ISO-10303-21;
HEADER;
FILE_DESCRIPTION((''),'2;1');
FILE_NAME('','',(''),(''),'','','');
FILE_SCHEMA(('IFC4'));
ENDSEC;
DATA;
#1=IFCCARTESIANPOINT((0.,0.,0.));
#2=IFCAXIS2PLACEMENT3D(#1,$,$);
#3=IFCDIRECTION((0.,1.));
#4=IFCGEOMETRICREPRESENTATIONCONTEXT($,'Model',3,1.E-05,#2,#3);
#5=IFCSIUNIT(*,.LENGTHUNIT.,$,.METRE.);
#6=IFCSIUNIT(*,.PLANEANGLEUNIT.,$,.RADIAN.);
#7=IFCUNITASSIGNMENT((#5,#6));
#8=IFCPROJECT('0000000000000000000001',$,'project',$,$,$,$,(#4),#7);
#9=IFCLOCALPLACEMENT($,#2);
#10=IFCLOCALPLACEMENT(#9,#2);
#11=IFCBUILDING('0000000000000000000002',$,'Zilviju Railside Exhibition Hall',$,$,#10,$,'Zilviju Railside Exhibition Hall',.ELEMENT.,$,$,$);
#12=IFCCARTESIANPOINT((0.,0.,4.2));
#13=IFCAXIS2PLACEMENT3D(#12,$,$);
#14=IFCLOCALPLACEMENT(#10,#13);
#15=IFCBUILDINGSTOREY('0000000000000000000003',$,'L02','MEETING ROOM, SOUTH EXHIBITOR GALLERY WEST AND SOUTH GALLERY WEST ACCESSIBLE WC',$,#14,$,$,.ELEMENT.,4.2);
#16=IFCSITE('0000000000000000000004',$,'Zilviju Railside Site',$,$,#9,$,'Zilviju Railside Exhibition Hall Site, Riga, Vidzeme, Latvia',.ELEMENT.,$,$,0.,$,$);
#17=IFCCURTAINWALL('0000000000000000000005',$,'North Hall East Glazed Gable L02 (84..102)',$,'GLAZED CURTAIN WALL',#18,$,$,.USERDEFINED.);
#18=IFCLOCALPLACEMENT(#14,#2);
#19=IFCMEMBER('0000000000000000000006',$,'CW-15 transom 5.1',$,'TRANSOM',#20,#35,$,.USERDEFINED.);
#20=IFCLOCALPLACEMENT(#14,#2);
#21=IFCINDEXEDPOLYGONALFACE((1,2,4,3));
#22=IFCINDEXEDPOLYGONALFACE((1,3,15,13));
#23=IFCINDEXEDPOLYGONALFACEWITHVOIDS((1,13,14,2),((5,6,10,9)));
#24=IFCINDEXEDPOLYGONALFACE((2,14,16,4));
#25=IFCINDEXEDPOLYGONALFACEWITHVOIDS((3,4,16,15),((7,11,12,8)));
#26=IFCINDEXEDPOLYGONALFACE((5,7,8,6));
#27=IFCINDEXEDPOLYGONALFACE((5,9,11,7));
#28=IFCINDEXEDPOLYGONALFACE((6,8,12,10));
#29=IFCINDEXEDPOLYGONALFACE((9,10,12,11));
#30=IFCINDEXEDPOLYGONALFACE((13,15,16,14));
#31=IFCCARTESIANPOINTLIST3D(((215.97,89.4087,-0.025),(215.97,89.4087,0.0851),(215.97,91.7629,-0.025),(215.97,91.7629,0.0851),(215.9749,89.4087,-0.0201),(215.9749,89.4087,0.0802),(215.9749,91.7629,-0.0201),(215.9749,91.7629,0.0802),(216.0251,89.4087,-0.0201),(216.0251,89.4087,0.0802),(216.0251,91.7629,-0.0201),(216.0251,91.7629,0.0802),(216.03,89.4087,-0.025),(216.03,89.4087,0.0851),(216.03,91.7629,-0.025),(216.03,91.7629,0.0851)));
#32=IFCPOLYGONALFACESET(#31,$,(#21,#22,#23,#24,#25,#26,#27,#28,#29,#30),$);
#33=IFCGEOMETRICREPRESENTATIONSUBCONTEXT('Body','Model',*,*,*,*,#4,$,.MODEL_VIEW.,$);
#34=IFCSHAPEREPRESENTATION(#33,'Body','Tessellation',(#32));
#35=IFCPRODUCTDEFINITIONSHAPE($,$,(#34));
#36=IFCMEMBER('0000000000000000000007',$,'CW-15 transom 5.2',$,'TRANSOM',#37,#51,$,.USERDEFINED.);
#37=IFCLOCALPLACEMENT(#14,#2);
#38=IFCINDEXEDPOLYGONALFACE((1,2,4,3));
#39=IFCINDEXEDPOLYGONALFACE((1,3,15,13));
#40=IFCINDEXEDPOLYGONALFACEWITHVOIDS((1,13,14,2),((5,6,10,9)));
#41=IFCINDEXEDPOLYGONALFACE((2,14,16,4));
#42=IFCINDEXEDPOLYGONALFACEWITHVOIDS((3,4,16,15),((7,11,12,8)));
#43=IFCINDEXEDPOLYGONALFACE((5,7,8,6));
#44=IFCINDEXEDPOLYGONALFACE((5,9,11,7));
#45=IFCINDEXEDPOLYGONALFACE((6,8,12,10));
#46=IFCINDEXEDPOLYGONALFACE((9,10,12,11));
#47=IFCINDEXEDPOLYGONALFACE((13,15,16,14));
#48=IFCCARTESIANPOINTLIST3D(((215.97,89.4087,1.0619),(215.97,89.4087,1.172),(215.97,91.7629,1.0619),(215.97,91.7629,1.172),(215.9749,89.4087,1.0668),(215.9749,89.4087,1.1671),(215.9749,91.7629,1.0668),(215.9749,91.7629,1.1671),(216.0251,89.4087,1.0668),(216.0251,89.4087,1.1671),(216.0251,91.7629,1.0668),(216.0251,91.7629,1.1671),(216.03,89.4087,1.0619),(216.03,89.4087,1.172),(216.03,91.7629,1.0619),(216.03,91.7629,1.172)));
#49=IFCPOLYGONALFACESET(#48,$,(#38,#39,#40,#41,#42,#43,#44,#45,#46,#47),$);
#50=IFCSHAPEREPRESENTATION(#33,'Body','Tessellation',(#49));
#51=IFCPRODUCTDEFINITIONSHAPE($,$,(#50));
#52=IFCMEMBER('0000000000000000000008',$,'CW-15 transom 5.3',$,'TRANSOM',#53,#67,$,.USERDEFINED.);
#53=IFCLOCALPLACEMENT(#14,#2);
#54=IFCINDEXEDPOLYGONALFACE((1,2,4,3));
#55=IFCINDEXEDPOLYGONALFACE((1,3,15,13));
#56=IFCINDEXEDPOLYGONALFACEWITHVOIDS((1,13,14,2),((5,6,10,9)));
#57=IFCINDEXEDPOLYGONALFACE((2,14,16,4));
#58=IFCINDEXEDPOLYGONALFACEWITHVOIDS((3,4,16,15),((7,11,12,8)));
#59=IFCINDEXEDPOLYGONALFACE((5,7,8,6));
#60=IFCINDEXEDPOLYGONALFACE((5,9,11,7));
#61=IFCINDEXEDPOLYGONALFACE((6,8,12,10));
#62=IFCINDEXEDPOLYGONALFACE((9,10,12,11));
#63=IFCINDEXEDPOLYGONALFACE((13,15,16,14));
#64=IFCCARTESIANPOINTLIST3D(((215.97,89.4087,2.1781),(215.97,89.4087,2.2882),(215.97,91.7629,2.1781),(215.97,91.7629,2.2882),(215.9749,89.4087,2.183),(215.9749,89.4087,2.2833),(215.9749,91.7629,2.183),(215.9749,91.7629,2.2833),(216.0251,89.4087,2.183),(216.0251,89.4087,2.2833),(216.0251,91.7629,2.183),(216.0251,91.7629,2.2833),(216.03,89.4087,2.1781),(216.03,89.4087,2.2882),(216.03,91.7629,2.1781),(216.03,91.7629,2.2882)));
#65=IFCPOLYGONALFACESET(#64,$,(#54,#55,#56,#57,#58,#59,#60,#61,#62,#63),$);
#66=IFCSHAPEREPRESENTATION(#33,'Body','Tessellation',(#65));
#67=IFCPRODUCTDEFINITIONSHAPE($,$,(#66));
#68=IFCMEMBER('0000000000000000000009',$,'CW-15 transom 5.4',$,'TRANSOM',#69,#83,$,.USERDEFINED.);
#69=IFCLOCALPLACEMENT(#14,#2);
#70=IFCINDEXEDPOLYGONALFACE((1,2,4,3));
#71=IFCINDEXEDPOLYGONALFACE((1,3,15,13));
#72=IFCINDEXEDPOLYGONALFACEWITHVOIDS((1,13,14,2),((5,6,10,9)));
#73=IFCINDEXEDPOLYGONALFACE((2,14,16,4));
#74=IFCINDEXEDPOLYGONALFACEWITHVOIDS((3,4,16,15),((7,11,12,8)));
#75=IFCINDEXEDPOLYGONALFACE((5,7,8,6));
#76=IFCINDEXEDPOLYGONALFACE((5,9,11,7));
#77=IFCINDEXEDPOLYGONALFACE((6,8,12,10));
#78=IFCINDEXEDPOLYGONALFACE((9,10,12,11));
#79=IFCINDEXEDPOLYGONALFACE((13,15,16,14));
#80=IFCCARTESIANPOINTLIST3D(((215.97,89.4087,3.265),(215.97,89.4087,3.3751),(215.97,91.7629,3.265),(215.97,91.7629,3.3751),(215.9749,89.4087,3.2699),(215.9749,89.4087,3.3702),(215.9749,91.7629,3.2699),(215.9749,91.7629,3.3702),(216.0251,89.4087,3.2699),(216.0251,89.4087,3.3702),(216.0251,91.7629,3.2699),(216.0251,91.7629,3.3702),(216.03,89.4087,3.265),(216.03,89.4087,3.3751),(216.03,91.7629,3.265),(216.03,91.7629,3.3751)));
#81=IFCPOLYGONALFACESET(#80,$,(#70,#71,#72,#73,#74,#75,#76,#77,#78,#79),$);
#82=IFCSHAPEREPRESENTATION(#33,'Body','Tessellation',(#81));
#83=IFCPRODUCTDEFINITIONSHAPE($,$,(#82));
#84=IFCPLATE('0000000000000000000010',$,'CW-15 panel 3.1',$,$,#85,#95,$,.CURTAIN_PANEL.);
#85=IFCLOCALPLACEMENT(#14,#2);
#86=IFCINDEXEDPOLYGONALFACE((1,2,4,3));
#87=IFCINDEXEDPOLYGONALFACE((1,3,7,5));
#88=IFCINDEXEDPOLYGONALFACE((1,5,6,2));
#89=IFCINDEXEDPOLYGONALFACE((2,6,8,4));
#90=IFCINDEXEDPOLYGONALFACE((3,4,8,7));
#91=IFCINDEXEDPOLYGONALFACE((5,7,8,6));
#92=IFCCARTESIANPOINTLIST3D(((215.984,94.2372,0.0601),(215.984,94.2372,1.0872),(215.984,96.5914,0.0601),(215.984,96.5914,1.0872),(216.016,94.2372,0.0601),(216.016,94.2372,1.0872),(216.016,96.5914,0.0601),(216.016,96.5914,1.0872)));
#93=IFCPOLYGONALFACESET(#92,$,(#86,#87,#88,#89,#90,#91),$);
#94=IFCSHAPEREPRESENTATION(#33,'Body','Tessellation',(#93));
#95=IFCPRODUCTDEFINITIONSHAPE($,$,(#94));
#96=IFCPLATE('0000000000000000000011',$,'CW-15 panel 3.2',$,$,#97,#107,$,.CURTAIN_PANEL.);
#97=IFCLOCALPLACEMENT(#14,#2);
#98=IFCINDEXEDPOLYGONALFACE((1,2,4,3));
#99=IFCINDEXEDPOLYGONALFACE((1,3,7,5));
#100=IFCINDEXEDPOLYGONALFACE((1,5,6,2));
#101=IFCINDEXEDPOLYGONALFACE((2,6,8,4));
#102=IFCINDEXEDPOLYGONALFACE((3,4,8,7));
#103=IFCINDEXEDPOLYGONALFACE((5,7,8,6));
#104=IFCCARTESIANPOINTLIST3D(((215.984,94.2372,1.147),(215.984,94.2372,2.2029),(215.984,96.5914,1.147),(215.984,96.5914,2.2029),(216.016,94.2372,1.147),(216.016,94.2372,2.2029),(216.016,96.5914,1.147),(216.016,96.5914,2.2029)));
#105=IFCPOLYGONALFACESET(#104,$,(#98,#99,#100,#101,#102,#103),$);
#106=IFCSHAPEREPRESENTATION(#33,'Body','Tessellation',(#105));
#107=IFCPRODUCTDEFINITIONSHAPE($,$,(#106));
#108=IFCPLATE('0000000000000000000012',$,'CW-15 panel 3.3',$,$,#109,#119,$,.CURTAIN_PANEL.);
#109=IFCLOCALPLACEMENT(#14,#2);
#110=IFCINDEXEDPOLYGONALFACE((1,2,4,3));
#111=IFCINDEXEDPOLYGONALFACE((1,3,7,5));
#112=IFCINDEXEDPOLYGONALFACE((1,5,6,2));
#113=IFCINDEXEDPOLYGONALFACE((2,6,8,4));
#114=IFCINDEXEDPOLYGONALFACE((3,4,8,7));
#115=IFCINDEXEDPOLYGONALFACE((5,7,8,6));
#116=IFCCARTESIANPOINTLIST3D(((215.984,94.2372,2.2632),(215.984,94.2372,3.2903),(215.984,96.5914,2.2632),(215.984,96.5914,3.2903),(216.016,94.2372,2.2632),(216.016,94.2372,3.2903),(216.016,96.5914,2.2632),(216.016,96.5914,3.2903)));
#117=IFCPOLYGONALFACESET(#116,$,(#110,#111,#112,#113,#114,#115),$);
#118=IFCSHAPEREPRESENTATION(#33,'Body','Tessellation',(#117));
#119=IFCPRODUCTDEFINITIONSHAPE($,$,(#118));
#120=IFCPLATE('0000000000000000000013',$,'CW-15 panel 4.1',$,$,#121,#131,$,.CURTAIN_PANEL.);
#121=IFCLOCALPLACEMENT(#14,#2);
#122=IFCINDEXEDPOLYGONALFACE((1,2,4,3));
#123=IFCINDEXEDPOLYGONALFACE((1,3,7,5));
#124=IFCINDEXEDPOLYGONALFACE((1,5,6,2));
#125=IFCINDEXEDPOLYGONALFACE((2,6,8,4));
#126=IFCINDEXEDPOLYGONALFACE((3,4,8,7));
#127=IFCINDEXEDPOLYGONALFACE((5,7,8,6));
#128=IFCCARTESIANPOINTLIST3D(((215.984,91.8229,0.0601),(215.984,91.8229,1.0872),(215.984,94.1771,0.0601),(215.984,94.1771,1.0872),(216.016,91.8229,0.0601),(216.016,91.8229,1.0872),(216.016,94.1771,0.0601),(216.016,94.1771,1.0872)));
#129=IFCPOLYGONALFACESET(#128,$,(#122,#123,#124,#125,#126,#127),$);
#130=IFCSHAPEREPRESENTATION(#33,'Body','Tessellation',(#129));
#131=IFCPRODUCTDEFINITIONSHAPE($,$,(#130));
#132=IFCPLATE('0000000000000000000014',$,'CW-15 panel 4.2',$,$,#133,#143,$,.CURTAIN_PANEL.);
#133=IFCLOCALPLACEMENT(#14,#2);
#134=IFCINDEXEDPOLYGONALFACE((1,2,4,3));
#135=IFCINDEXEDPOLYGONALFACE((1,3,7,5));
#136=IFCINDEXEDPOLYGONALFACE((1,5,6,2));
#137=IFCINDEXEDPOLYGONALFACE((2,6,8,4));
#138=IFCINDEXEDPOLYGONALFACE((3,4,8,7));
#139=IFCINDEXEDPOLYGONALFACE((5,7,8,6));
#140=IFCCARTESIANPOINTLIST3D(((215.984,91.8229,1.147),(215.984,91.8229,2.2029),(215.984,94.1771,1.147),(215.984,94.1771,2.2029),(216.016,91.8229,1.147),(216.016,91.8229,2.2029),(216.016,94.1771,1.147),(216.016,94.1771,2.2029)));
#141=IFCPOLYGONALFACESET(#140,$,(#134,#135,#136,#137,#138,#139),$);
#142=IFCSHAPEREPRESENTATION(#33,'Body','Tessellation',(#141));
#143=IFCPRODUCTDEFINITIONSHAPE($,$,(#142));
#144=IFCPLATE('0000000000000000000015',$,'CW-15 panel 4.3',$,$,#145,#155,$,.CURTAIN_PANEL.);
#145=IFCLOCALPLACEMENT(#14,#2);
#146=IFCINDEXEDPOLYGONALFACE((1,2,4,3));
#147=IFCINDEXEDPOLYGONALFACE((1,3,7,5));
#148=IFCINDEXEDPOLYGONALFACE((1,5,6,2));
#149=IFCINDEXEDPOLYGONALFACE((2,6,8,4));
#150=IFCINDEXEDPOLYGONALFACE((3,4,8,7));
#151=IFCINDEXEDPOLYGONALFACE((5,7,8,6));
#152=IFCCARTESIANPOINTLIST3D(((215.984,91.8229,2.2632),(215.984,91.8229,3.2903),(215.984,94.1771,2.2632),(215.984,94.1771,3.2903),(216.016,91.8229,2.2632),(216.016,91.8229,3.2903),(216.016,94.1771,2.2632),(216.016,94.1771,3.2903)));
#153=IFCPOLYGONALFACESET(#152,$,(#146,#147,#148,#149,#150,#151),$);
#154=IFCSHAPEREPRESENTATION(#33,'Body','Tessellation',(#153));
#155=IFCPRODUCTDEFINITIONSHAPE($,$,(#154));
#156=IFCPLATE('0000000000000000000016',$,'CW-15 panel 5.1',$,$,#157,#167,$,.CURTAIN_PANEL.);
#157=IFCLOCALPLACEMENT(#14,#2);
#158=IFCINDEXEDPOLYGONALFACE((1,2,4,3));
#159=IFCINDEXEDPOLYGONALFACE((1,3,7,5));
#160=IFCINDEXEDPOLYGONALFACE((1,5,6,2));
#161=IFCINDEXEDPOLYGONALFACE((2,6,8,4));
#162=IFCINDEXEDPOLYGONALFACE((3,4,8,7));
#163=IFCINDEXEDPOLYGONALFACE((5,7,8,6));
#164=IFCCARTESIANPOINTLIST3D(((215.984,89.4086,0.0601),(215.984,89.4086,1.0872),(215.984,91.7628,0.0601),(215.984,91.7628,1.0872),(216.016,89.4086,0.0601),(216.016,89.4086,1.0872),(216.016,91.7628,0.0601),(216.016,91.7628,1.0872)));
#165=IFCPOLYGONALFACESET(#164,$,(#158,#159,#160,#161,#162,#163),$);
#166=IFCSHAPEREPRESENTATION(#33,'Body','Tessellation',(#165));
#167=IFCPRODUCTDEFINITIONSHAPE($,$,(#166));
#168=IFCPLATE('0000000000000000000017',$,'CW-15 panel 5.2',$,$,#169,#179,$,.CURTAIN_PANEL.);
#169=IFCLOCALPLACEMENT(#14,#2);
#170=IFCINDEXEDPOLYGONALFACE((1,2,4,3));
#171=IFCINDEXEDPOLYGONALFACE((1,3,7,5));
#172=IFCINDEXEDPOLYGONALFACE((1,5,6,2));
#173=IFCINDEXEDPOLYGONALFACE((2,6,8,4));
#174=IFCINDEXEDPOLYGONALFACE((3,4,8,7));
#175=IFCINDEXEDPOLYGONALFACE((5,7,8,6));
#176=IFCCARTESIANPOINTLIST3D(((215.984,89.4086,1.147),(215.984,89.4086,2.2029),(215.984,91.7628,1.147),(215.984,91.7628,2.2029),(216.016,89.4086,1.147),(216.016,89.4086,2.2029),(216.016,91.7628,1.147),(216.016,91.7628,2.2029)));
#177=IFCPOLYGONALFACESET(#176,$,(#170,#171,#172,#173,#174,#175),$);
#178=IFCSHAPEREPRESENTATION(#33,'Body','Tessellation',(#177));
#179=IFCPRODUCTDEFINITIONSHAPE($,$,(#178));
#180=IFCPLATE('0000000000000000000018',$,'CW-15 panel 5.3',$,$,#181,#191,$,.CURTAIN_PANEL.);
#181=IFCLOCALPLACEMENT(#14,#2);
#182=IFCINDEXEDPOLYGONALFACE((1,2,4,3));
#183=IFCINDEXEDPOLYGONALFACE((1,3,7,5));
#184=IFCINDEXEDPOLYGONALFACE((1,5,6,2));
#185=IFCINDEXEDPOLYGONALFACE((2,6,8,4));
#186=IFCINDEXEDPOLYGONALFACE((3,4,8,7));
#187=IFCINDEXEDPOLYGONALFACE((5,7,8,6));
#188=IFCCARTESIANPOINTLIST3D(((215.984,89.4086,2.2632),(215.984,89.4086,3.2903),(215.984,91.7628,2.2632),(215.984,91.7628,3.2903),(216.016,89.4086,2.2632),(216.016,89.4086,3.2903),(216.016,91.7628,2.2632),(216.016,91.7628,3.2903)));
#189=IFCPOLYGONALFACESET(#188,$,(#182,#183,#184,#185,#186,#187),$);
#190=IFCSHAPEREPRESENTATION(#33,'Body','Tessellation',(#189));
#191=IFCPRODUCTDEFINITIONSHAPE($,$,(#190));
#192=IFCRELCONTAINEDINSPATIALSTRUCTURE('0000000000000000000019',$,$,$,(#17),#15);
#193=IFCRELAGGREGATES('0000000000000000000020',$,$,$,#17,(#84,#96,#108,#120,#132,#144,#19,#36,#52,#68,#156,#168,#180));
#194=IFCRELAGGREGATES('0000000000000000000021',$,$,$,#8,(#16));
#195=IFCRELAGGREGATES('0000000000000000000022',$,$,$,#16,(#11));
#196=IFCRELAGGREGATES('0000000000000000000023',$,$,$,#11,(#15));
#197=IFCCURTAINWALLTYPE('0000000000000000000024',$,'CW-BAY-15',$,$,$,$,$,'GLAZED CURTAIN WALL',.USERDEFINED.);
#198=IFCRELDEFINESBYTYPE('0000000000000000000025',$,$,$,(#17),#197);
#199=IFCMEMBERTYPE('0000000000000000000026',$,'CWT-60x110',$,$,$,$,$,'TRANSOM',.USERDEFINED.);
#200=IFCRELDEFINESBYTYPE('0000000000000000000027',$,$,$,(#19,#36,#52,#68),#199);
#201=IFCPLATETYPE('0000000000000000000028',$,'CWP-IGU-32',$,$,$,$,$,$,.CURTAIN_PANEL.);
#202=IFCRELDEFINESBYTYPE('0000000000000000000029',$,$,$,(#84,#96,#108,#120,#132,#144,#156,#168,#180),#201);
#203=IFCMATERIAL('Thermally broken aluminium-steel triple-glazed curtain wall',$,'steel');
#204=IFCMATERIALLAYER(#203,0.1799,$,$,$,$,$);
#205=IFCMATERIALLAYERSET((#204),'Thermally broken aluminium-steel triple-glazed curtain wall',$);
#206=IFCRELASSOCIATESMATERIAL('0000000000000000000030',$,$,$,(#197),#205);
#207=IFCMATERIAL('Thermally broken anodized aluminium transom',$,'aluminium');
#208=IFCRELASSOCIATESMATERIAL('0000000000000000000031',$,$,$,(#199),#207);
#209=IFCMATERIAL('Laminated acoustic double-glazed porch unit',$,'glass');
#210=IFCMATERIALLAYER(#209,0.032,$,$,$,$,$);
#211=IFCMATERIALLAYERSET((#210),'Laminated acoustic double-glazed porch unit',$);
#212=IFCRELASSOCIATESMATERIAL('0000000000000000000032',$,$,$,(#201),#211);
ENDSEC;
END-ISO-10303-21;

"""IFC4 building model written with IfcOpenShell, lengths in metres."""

from ifc_helpers import new_model, si_unit, direction, frame, origin, origin_2d, place, context, subcontext, project, spatial, rectangle, hollow_rectangle, extrude, material, layer, layer_set, material_profile, profile_set, type_object, element, aggregate, save


model = new_model("IFC4")

# Units and contexts
model_context = context("Model", 3, precision=1e-05, world=origin(), true_north=direction((0.0, 1.0)))
body_context = subcontext(model_context, "Body", "Model", "MODEL_VIEW")
ifc_project = project(units=[si_unit("LENGTHUNIT", "METRE"), si_unit("PLANEANGLEUNIT", "RADIAN")], contexts=[model_context])

# Site, building, storey
site_placement = place(None, origin())
site = spatial("IfcSite", under=ifc_project, at=site_placement, Name="Zilviju Railside Site", LongName="Zilviju Railside Exhibition Hall Site, Riga, Vidzeme, Latvia", CompositionType="ELEMENT", RefElevation=0.0)
building_placement = place(site_placement, origin())
building = spatial("IfcBuilding", under=site, at=building_placement, Name="Zilviju Railside Exhibition Hall", LongName="Zilviju Railside Exhibition Hall", CompositionType="ELEMENT")
storey_placement = place(building_placement, frame((0.0, 0.0, 4.2)))
storey = spatial("IfcBuildingStorey", under=building, at=storey_placement, Name="L02", Description="MEETING ROOM, SOUTH EXHIBITOR GALLERY WEST AND SOUTH GALLERY WEST ACCESSIBLE WC", CompositionType="ELEMENT", Elevation=4.2)

# Curtain wall, members, plates
ifc_material_1 = material(Name="Thermally broken aluminium-steel triple-glazed curtain wall", Category="steel")
ifc_layer_1 = layer(ifc_material_1, 0.1799)
ifc_layer_set_1 = layer_set([ifc_layer_1], Name="Thermally broken aluminium-steel triple-glazed curtain wall")
curtain_wall_type = type_object("IfcCurtainWallType", Name="CW-BAY-15", ElementType="GLAZED CURTAIN WALL", PredefinedType="USERDEFINED", material=ifc_layer_set_1)
curtain_wall_placement = place(storey_placement, origin())
curtain_wall = element("IfcCurtainWall", 1, at=curtain_wall_placement, inside=storey, type_object=curtain_wall_type, Name="North Hall East Glazed Gable L02 (84..102)", ObjectType="GLAZED CURTAIN WALL", PredefinedType="USERDEFINED")
ifc_material_2 = material(Name="Thermally broken anodized aluminium transom", Category="aluminium")
ifc_material_profile_1 = material_profile(ifc_material_2, hollow_rectangle(XDim=0.0601, YDim=0.1101, WallThickness=0.0049, at=origin_2d()), Name="TRANSOM 110x60x5")
ifc_profile_set_1 = profile_set([ifc_material_profile_1], Name="Thermally broken anodized aluminium transom")
member_type_1 = type_object("IfcMemberType", Name="CWT-60x110", ElementType="TRANSOM", PredefinedType="USERDEFINED", material=ifc_profile_set_1)
member_1_placement = place(storey_placement, frame((216.0, 91.7629, 0.03), z_axis=(0.0, -1.0, 0.0), x_axis=(1.0, 0.0, 0.0)))
member_1 = element("IfcMember", 2, at=member_1_placement, type_object=member_type_1, Name="CW-15 transom 5.1", ObjectType="TRANSOM", PredefinedType="USERDEFINED", context=body_context, shape_type="SweptSolid", body=[
    extrude(hollow_rectangle(XDim=0.0601, YDim=0.1101, WallThickness=0.0049, at=origin_2d()), origin(), (0.0, 0.0, 1.0), 2.3542),
])
member_2_placement = place(storey_placement, frame((216.0, 91.7629, 1.1169), z_axis=(0.0, -1.0, 0.0), x_axis=(1.0, 0.0, 0.0)))
member_2 = element("IfcMember", 3, at=member_2_placement, type_object=member_type_1, Name="CW-15 transom 5.2", ObjectType="TRANSOM", PredefinedType="USERDEFINED", context=body_context, shape_type="SweptSolid", body=[
    extrude(hollow_rectangle(XDim=0.0601, YDim=0.1101, WallThickness=0.0049, at=origin_2d()), origin(), (0.0, 0.0, 1.0), 2.3542),
])
member_3_placement = place(storey_placement, frame((216.0, 91.7629, 2.2332), z_axis=(0.0, -1.0, 0.0), x_axis=(1.0, 0.0, 0.0)))
member_3 = element("IfcMember", 4, at=member_3_placement, type_object=member_type_1, Name="CW-15 transom 5.3", ObjectType="TRANSOM", PredefinedType="USERDEFINED", context=body_context, shape_type="SweptSolid", body=[
    extrude(hollow_rectangle(XDim=0.0601, YDim=0.1101, WallThickness=0.0049, at=origin_2d()), origin(), (0.0, 0.0, 1.0), 2.3542),
])
member_4_placement = place(storey_placement, frame((216.0, 91.7629, 3.3201), z_axis=(0.0, -1.0, 0.0), x_axis=(1.0, 0.0, 0.0)))
member_4 = element("IfcMember", 5, at=member_4_placement, type_object=member_type_1, Name="CW-15 transom 5.4", ObjectType="TRANSOM", PredefinedType="USERDEFINED", context=body_context, shape_type="SweptSolid", body=[
    extrude(hollow_rectangle(XDim=0.0601, YDim=0.1101, WallThickness=0.0049, at=origin_2d()), origin(), (0.0, 0.0, 1.0), 2.3542),
])
ifc_material_3 = material(Name="Laminated acoustic double-glazed porch unit", Category="glass")
ifc_layer_2 = layer(ifc_material_3, 0.032)
ifc_layer_set_2 = layer_set([ifc_layer_2], Name="Laminated acoustic double-glazed porch unit")
plate_type = type_object("IfcPlateType", Name="CWP-IGU-32", PredefinedType="CURTAIN_PANEL", material=ifc_layer_set_2)
plate_1_placement = place(storey_placement, frame((216.0, 95.4143, 0.0601), z_axis=(0.0, 0.0, 1.0), x_axis=(0.0, -1.0, 0.0)))
plate_1 = element("IfcPlate", 6, at=plate_1_placement, type_object=plate_type, Name="CW-15 panel 3.1", PredefinedType="CURTAIN_PANEL", context=body_context, shape_type="SweptSolid", body=[
    extrude(rectangle(XDim=2.3542, YDim=0.032, at=origin_2d()), origin(), (0.0, 0.0, 1.0), 1.0271),
])
plate_2_placement = place(storey_placement, frame((216.0, 95.4143, 1.147), z_axis=(0.0, 0.0, 1.0), x_axis=(0.0, -1.0, 0.0)))
plate_2 = element("IfcPlate", 7, at=plate_2_placement, type_object=plate_type, Name="CW-15 panel 3.2", PredefinedType="CURTAIN_PANEL", context=body_context, shape_type="SweptSolid", body=[
    extrude(rectangle(XDim=2.3542, YDim=0.032, at=origin_2d()), origin(), (0.0, 0.0, 1.0), 1.0559),
])
plate_3_placement = place(storey_placement, frame((216.0, 95.4143, 2.2632), z_axis=(0.0, 0.0, 1.0), x_axis=(0.0, -1.0, 0.0)))
plate_3 = element("IfcPlate", 8, at=plate_3_placement, type_object=plate_type, Name="CW-15 panel 3.3", PredefinedType="CURTAIN_PANEL", context=body_context, shape_type="SweptSolid", body=[
    extrude(rectangle(XDim=2.3542, YDim=0.032, at=origin_2d()), origin(), (0.0, 0.0, 1.0), 1.0271),
])
plate_4_placement = place(storey_placement, frame((216.0, 93.0, 0.0601), z_axis=(0.0, 0.0, 1.0), x_axis=(0.0, -1.0, 0.0)))
plate_4 = element("IfcPlate", 9, at=plate_4_placement, type_object=plate_type, Name="CW-15 panel 4.1", PredefinedType="CURTAIN_PANEL", context=body_context, shape_type="SweptSolid", body=[
    extrude(rectangle(XDim=2.3542, YDim=0.032, at=origin_2d()), origin(), (0.0, 0.0, 1.0), 1.0271),
])
plate_5_placement = place(storey_placement, frame((216.0, 93.0, 1.147), z_axis=(0.0, 0.0, 1.0), x_axis=(0.0, -1.0, 0.0)))
plate_5 = element("IfcPlate", 10, at=plate_5_placement, type_object=plate_type, Name="CW-15 panel 4.2", PredefinedType="CURTAIN_PANEL", context=body_context, shape_type="SweptSolid", body=[
    extrude(rectangle(XDim=2.3542, YDim=0.032, at=origin_2d()), origin(), (0.0, 0.0, 1.0), 1.0559),
])
plate_6_placement = place(storey_placement, frame((216.0, 93.0, 2.2632), z_axis=(0.0, 0.0, 1.0), x_axis=(0.0, -1.0, 0.0)))
plate_6 = element("IfcPlate", 11, at=plate_6_placement, type_object=plate_type, Name="CW-15 panel 4.3", PredefinedType="CURTAIN_PANEL", context=body_context, shape_type="SweptSolid", body=[
    extrude(rectangle(XDim=2.3542, YDim=0.032, at=origin_2d()), origin(), (0.0, 0.0, 1.0), 1.0271),
])
plate_7_placement = place(storey_placement, frame((216.0, 90.5857, 0.0601), z_axis=(0.0, 0.0, 1.0), x_axis=(0.0, -1.0, 0.0)))
plate_7 = element("IfcPlate", 12, at=plate_7_placement, type_object=plate_type, Name="CW-15 panel 5.1", PredefinedType="CURTAIN_PANEL", context=body_context, shape_type="SweptSolid", body=[
    extrude(rectangle(XDim=2.3542, YDim=0.032, at=origin_2d()), origin(), (0.0, 0.0, 1.0), 1.0271),
])
plate_8_placement = place(storey_placement, frame((216.0, 90.5857, 1.147), z_axis=(0.0, 0.0, 1.0), x_axis=(0.0, -1.0, 0.0)))
plate_8 = element("IfcPlate", 13, at=plate_8_placement, type_object=plate_type, Name="CW-15 panel 5.2", PredefinedType="CURTAIN_PANEL", context=body_context, shape_type="SweptSolid", body=[
    extrude(rectangle(XDim=2.3542, YDim=0.032, at=origin_2d()), origin(), (0.0, 0.0, 1.0), 1.0559),
])
plate_9_placement = place(storey_placement, frame((216.0, 90.5857, 2.2632), z_axis=(0.0, 0.0, 1.0), x_axis=(0.0, -1.0, 0.0)))
plate_9 = element("IfcPlate", 14, at=plate_9_placement, type_object=plate_type, Name="CW-15 panel 5.3", PredefinedType="CURTAIN_PANEL", context=body_context, shape_type="SweptSolid", body=[
    extrude(rectangle(XDim=2.3542, YDim=0.032, at=origin_2d()), origin(), (0.0, 0.0, 1.0), 1.0271),
])
aggregate(curtain_wall, [plate_1, plate_2, plate_3, plate_4, plate_5, plate_6, member_1, member_2, member_3, member_4, plate_7, plate_8, plate_9])

save(model, "model.ifc")
